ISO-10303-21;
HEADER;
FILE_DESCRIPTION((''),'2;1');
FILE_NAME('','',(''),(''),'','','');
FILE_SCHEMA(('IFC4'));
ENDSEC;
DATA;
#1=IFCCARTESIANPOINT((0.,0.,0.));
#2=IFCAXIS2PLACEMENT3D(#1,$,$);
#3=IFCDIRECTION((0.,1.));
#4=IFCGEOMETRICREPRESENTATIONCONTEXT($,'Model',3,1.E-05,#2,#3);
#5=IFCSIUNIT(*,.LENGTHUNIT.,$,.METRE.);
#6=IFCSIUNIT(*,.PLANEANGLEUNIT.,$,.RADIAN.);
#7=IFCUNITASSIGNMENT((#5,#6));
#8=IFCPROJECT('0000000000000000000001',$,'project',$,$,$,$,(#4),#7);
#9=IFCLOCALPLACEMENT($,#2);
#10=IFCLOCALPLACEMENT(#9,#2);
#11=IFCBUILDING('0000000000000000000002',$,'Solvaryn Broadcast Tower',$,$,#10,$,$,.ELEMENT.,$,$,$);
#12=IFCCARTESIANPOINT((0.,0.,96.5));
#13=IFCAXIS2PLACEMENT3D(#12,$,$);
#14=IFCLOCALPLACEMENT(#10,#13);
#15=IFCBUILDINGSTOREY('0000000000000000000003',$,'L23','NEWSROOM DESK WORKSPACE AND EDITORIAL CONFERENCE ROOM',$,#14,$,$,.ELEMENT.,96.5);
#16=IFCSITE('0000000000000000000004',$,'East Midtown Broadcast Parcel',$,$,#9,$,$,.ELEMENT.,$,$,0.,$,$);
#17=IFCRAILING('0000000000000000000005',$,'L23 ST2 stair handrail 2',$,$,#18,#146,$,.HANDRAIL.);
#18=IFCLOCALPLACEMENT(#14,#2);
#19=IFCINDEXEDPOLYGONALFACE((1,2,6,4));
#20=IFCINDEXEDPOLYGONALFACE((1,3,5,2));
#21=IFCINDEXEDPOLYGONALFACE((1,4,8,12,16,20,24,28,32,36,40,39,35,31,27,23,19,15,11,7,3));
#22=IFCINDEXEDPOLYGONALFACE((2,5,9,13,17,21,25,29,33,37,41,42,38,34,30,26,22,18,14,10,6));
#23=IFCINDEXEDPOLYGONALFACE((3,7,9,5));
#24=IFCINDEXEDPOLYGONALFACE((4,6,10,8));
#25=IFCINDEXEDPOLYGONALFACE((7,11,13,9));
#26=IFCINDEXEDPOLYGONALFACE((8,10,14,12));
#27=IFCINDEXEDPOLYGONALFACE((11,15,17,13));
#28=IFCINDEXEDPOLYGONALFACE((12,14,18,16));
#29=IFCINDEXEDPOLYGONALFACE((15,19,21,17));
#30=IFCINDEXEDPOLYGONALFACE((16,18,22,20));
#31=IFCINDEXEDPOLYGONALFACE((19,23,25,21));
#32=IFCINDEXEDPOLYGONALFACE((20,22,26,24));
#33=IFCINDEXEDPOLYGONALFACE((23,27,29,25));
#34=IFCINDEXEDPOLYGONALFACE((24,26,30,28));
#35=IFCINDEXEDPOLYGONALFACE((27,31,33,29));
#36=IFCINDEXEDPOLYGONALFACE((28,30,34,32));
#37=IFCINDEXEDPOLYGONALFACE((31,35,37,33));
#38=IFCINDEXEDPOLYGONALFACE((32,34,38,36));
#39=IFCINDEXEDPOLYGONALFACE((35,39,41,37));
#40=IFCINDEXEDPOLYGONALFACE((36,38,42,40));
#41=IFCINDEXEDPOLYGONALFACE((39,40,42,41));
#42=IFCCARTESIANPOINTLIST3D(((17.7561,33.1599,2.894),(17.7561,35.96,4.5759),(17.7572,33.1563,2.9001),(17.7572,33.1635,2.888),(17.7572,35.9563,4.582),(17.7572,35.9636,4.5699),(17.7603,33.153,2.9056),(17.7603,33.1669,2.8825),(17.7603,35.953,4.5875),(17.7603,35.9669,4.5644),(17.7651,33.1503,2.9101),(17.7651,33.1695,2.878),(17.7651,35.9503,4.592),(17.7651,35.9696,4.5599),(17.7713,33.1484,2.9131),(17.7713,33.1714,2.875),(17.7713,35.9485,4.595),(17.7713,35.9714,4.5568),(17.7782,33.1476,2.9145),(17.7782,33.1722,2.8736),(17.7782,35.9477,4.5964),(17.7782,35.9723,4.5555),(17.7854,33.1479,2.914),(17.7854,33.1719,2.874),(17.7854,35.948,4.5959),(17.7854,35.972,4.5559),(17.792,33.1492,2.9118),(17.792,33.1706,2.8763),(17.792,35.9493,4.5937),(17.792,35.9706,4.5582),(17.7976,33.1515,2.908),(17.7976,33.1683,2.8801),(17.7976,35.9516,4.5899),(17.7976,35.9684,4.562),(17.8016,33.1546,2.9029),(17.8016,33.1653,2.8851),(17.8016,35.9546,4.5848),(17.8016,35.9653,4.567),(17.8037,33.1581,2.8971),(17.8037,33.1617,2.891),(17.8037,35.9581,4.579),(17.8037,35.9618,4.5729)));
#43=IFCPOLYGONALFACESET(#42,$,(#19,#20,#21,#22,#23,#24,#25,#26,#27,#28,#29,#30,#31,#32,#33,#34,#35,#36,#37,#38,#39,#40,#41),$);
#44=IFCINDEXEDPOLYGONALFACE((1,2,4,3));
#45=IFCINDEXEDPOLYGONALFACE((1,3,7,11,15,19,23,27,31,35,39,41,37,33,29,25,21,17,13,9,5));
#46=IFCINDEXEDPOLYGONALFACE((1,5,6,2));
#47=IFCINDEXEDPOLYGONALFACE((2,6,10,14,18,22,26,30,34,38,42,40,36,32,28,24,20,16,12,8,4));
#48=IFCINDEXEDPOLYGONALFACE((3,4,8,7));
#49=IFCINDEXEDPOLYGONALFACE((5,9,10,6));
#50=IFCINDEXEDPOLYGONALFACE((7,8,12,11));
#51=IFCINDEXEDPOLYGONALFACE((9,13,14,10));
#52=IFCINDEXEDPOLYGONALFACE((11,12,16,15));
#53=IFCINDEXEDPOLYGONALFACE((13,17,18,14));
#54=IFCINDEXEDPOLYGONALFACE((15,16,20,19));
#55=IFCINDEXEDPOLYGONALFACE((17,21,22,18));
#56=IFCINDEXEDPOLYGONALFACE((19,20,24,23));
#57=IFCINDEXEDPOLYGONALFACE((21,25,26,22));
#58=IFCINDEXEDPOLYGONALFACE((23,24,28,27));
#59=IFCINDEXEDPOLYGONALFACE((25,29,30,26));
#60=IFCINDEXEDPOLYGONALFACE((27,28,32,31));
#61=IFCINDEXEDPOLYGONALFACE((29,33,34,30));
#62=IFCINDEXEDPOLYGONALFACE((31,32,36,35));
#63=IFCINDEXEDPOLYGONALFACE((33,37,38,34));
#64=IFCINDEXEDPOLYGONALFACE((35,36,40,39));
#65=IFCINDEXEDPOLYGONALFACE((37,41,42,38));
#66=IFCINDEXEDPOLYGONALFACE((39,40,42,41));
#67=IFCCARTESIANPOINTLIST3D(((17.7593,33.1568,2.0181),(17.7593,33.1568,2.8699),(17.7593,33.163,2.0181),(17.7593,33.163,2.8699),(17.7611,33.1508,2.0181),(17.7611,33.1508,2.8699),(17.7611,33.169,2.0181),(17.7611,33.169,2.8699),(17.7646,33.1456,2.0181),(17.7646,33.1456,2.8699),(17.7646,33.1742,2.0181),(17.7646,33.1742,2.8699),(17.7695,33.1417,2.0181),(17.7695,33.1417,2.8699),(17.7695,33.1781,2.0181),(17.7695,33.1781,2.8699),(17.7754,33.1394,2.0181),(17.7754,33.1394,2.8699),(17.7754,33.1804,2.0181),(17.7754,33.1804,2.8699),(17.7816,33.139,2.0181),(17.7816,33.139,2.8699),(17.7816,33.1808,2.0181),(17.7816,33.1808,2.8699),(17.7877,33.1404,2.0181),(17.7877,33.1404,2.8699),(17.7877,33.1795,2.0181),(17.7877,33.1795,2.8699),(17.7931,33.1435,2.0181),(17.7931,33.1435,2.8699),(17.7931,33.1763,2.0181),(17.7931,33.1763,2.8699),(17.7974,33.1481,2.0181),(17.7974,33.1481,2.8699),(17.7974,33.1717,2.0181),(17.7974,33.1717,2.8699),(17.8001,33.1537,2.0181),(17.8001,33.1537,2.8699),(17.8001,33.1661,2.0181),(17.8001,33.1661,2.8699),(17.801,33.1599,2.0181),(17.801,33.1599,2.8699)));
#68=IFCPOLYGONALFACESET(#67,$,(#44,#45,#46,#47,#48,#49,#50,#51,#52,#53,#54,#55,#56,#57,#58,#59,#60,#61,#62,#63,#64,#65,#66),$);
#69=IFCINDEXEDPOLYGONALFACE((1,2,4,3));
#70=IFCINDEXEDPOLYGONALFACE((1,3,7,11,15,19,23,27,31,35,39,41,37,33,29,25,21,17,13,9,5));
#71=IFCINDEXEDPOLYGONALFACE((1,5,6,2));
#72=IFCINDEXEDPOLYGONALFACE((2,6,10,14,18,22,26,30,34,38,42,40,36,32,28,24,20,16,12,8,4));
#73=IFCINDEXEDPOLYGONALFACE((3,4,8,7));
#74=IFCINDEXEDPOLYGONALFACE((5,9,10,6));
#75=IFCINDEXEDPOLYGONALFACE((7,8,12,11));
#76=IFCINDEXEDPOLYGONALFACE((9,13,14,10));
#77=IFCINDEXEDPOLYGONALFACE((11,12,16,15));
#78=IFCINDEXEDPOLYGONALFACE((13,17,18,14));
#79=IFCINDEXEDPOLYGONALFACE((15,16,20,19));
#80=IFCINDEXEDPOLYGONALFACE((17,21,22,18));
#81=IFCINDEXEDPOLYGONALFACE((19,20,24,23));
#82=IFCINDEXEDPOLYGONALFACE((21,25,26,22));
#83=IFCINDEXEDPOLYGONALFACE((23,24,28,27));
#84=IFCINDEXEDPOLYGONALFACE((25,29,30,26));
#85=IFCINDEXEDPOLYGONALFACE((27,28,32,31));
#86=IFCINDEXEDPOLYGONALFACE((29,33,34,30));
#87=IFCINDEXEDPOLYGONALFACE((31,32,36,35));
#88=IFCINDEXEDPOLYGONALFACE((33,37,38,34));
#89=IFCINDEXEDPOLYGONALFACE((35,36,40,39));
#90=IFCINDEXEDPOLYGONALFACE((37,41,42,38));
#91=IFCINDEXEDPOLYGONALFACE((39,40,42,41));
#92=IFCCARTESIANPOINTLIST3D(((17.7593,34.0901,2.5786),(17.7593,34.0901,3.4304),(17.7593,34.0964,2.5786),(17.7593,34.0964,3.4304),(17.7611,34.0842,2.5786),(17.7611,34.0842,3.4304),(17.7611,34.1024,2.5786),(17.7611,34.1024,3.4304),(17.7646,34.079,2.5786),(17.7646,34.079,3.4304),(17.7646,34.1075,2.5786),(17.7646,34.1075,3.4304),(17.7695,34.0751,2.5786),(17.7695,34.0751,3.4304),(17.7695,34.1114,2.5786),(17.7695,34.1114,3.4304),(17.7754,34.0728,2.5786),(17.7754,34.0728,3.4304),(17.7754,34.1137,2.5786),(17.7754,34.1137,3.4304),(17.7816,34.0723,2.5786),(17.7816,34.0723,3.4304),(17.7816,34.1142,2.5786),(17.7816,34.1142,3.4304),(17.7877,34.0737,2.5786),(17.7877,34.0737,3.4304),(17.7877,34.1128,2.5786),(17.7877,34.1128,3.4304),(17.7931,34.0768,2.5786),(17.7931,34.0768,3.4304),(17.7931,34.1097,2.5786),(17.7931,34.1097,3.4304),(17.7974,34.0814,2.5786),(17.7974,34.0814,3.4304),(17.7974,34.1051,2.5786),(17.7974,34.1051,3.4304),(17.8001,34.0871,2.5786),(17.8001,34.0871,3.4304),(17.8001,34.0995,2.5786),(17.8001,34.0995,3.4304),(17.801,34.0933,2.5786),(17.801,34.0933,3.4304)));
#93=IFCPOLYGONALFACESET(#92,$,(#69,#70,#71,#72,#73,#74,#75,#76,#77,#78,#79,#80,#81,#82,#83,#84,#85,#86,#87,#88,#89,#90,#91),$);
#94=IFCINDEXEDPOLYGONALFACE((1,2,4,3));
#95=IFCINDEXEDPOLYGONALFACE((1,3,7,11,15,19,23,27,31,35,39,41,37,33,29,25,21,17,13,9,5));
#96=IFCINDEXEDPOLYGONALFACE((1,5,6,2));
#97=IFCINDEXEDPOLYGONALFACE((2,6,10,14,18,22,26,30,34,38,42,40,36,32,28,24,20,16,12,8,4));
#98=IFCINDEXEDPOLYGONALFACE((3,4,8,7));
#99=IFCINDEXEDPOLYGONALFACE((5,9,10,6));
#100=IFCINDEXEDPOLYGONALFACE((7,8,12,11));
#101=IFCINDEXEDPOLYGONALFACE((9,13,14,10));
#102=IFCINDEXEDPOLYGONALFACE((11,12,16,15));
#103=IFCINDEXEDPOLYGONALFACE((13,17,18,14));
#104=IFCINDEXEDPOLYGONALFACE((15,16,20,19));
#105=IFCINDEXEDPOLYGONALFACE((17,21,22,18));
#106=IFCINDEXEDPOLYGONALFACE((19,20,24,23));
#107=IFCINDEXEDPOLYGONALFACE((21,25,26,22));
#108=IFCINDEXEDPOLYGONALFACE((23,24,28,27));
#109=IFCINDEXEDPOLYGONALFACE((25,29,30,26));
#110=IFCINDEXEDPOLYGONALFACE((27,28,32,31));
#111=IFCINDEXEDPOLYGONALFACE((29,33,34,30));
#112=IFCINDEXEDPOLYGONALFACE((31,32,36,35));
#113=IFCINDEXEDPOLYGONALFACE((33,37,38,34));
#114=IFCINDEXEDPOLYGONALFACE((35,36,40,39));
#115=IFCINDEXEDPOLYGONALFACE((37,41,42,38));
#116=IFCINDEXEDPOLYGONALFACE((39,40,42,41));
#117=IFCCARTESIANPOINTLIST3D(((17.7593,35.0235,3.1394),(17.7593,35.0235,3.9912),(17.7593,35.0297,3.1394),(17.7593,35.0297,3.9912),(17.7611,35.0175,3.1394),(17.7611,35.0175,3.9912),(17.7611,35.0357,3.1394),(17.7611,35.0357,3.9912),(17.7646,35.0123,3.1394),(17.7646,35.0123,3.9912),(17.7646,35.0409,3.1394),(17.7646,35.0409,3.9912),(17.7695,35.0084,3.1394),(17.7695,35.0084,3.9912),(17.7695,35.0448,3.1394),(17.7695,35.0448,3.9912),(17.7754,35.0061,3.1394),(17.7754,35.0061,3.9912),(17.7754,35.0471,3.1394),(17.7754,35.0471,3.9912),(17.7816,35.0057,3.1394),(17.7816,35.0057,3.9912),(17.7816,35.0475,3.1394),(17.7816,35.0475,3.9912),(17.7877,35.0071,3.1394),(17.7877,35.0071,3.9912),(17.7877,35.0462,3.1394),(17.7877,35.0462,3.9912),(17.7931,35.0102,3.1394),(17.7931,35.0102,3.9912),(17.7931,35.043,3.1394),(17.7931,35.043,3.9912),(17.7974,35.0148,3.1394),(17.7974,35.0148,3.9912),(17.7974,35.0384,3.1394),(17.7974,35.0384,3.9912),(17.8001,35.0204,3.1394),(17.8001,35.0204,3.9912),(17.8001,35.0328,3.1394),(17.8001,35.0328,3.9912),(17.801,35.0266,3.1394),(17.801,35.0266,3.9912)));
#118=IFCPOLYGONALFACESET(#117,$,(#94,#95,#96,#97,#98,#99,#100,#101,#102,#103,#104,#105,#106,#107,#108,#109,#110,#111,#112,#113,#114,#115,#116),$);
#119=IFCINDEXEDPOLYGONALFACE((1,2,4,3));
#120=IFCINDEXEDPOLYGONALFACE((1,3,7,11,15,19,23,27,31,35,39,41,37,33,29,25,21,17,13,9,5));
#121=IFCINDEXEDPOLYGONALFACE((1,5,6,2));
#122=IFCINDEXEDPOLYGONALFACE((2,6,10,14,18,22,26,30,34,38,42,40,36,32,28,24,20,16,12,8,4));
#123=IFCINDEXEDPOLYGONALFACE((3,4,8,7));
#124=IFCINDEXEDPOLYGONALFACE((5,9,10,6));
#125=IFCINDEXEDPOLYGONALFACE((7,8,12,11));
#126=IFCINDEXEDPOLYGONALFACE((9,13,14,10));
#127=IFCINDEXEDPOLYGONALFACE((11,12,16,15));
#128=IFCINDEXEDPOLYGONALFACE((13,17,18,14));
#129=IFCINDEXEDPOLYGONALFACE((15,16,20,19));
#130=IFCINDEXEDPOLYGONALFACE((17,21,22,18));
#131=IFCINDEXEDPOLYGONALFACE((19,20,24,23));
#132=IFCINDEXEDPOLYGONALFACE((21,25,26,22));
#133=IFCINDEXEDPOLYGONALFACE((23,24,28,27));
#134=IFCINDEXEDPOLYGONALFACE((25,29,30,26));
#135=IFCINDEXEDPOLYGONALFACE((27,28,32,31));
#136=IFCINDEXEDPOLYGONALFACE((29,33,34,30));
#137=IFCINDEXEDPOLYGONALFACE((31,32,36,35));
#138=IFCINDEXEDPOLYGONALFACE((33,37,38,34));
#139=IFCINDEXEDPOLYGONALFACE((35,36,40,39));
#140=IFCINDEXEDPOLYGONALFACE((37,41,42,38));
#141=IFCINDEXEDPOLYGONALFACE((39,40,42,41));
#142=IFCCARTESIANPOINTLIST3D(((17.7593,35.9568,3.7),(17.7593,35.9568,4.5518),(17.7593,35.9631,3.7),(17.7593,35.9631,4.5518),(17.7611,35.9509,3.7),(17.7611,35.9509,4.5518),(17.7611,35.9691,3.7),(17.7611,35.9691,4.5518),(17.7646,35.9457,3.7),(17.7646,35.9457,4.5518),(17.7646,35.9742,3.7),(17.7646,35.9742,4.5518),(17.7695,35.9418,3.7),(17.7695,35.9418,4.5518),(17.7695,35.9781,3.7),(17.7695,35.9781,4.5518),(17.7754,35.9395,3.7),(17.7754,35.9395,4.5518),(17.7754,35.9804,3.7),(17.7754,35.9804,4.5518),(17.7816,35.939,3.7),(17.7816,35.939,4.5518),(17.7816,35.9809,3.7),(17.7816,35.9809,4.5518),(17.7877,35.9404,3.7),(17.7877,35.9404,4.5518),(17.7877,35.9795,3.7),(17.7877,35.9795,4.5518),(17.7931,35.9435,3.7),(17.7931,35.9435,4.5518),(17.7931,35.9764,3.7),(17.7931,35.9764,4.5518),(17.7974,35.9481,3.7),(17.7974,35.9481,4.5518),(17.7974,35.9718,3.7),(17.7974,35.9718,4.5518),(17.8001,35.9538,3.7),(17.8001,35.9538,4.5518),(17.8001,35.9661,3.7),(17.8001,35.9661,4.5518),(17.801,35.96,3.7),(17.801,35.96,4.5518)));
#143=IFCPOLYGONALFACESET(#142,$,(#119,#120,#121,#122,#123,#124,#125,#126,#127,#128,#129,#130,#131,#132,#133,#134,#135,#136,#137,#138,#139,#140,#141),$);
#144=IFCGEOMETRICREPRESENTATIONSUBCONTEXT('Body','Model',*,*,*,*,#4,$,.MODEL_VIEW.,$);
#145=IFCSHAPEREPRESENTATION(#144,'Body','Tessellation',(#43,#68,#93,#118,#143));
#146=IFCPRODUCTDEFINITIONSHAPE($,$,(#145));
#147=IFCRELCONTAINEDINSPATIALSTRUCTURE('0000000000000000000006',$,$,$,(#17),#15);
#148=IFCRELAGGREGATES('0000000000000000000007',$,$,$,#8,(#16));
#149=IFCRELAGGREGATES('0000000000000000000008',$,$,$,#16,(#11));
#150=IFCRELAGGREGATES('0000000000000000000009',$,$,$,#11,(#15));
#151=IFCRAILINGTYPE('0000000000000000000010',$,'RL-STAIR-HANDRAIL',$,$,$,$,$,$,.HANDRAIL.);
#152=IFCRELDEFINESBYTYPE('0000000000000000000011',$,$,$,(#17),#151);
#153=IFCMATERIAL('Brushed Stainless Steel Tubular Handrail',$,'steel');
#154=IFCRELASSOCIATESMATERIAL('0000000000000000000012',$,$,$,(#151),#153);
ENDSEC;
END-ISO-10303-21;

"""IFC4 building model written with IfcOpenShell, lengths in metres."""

from ifc_helpers import new_model, si_unit, direction, frame, origin, origin_2d, place, context, subcontext, project, spatial, circle, extrude, material, type_object, element, save


model = new_model("IFC4")

# Units and contexts
model_context = context("Model", 3, precision=1e-05, world=origin(), true_north=direction((0.0, 1.0)))
body_context = subcontext(model_context, "Body", "Model", "MODEL_VIEW")
ifc_project = project(units=[si_unit("LENGTHUNIT", "METRE"), si_unit("PLANEANGLEUNIT", "RADIAN")], contexts=[model_context])

# Site, building, storey
site_placement = place(None, origin())
site = spatial("IfcSite", under=ifc_project, at=site_placement, Name="East Midtown Broadcast Parcel", CompositionType="ELEMENT", RefElevation=0.0)
building_placement = place(site_placement, origin())
building = spatial("IfcBuilding", under=site, at=building_placement, Name="Solvaryn Broadcast Tower", CompositionType="ELEMENT")
storey_placement = place(building_placement, frame((0.0, 0.0, 96.5)))
storey = spatial("IfcBuildingStorey", under=building, at=storey_placement, Name="L23", Description="NEWSROOM DESK WORKSPACE AND EDITORIAL CONFERENCE ROOM", CompositionType="ELEMENT", Elevation=96.5)

# Railing
ifc_material_1 = material(Name="Brushed Stainless Steel Tubular Handrail", Category="steel")
railing_type_1 = type_object("IfcRailingType", Name="RL-STAIR-HANDRAIL", PredefinedType="HANDRAIL", material=ifc_material_1)
railing_1_placement = place(storey_placement, frame((17.78, 33.1599, 2.0181)))
element("IfcRailing", 1, at=railing_1_placement, inside=storey, type_object=railing_type_1, Name="L23 ST2 stair handrail 2", PredefinedType="HANDRAIL", context=body_context, shape_type="SweptSolid", body=[
    extrude(circle(Radius=0.0239, at=origin_2d()), frame((0.0, 0.0, 0.876), z_axis=(0.0, 0.857242, 0.514913), x_axis=(-1.0, 0.0, 0.0)), (0.0, 0.0, 1.0), 3.2664),
    extrude(circle(Radius=0.021, at=origin_2d()), origin(), (0.0, 0.0, 1.0), 0.8518),
    extrude(circle(Radius=0.021, at=origin_2d()), frame((0.0, 0.9333, 0.5605)), (0.0, 0.0, 1.0), 0.8518),
    extrude(circle(Radius=0.021, at=origin_2d()), frame((0.0, 1.8667, 1.1213)), (0.0, 0.0, 1.0), 0.8518),
    extrude(circle(Radius=0.021, at=origin_2d()), frame((0.0, 2.8, 1.6819)), (0.0, 0.0, 1.0), 0.8518),
])

save(model, "model.ifc")
